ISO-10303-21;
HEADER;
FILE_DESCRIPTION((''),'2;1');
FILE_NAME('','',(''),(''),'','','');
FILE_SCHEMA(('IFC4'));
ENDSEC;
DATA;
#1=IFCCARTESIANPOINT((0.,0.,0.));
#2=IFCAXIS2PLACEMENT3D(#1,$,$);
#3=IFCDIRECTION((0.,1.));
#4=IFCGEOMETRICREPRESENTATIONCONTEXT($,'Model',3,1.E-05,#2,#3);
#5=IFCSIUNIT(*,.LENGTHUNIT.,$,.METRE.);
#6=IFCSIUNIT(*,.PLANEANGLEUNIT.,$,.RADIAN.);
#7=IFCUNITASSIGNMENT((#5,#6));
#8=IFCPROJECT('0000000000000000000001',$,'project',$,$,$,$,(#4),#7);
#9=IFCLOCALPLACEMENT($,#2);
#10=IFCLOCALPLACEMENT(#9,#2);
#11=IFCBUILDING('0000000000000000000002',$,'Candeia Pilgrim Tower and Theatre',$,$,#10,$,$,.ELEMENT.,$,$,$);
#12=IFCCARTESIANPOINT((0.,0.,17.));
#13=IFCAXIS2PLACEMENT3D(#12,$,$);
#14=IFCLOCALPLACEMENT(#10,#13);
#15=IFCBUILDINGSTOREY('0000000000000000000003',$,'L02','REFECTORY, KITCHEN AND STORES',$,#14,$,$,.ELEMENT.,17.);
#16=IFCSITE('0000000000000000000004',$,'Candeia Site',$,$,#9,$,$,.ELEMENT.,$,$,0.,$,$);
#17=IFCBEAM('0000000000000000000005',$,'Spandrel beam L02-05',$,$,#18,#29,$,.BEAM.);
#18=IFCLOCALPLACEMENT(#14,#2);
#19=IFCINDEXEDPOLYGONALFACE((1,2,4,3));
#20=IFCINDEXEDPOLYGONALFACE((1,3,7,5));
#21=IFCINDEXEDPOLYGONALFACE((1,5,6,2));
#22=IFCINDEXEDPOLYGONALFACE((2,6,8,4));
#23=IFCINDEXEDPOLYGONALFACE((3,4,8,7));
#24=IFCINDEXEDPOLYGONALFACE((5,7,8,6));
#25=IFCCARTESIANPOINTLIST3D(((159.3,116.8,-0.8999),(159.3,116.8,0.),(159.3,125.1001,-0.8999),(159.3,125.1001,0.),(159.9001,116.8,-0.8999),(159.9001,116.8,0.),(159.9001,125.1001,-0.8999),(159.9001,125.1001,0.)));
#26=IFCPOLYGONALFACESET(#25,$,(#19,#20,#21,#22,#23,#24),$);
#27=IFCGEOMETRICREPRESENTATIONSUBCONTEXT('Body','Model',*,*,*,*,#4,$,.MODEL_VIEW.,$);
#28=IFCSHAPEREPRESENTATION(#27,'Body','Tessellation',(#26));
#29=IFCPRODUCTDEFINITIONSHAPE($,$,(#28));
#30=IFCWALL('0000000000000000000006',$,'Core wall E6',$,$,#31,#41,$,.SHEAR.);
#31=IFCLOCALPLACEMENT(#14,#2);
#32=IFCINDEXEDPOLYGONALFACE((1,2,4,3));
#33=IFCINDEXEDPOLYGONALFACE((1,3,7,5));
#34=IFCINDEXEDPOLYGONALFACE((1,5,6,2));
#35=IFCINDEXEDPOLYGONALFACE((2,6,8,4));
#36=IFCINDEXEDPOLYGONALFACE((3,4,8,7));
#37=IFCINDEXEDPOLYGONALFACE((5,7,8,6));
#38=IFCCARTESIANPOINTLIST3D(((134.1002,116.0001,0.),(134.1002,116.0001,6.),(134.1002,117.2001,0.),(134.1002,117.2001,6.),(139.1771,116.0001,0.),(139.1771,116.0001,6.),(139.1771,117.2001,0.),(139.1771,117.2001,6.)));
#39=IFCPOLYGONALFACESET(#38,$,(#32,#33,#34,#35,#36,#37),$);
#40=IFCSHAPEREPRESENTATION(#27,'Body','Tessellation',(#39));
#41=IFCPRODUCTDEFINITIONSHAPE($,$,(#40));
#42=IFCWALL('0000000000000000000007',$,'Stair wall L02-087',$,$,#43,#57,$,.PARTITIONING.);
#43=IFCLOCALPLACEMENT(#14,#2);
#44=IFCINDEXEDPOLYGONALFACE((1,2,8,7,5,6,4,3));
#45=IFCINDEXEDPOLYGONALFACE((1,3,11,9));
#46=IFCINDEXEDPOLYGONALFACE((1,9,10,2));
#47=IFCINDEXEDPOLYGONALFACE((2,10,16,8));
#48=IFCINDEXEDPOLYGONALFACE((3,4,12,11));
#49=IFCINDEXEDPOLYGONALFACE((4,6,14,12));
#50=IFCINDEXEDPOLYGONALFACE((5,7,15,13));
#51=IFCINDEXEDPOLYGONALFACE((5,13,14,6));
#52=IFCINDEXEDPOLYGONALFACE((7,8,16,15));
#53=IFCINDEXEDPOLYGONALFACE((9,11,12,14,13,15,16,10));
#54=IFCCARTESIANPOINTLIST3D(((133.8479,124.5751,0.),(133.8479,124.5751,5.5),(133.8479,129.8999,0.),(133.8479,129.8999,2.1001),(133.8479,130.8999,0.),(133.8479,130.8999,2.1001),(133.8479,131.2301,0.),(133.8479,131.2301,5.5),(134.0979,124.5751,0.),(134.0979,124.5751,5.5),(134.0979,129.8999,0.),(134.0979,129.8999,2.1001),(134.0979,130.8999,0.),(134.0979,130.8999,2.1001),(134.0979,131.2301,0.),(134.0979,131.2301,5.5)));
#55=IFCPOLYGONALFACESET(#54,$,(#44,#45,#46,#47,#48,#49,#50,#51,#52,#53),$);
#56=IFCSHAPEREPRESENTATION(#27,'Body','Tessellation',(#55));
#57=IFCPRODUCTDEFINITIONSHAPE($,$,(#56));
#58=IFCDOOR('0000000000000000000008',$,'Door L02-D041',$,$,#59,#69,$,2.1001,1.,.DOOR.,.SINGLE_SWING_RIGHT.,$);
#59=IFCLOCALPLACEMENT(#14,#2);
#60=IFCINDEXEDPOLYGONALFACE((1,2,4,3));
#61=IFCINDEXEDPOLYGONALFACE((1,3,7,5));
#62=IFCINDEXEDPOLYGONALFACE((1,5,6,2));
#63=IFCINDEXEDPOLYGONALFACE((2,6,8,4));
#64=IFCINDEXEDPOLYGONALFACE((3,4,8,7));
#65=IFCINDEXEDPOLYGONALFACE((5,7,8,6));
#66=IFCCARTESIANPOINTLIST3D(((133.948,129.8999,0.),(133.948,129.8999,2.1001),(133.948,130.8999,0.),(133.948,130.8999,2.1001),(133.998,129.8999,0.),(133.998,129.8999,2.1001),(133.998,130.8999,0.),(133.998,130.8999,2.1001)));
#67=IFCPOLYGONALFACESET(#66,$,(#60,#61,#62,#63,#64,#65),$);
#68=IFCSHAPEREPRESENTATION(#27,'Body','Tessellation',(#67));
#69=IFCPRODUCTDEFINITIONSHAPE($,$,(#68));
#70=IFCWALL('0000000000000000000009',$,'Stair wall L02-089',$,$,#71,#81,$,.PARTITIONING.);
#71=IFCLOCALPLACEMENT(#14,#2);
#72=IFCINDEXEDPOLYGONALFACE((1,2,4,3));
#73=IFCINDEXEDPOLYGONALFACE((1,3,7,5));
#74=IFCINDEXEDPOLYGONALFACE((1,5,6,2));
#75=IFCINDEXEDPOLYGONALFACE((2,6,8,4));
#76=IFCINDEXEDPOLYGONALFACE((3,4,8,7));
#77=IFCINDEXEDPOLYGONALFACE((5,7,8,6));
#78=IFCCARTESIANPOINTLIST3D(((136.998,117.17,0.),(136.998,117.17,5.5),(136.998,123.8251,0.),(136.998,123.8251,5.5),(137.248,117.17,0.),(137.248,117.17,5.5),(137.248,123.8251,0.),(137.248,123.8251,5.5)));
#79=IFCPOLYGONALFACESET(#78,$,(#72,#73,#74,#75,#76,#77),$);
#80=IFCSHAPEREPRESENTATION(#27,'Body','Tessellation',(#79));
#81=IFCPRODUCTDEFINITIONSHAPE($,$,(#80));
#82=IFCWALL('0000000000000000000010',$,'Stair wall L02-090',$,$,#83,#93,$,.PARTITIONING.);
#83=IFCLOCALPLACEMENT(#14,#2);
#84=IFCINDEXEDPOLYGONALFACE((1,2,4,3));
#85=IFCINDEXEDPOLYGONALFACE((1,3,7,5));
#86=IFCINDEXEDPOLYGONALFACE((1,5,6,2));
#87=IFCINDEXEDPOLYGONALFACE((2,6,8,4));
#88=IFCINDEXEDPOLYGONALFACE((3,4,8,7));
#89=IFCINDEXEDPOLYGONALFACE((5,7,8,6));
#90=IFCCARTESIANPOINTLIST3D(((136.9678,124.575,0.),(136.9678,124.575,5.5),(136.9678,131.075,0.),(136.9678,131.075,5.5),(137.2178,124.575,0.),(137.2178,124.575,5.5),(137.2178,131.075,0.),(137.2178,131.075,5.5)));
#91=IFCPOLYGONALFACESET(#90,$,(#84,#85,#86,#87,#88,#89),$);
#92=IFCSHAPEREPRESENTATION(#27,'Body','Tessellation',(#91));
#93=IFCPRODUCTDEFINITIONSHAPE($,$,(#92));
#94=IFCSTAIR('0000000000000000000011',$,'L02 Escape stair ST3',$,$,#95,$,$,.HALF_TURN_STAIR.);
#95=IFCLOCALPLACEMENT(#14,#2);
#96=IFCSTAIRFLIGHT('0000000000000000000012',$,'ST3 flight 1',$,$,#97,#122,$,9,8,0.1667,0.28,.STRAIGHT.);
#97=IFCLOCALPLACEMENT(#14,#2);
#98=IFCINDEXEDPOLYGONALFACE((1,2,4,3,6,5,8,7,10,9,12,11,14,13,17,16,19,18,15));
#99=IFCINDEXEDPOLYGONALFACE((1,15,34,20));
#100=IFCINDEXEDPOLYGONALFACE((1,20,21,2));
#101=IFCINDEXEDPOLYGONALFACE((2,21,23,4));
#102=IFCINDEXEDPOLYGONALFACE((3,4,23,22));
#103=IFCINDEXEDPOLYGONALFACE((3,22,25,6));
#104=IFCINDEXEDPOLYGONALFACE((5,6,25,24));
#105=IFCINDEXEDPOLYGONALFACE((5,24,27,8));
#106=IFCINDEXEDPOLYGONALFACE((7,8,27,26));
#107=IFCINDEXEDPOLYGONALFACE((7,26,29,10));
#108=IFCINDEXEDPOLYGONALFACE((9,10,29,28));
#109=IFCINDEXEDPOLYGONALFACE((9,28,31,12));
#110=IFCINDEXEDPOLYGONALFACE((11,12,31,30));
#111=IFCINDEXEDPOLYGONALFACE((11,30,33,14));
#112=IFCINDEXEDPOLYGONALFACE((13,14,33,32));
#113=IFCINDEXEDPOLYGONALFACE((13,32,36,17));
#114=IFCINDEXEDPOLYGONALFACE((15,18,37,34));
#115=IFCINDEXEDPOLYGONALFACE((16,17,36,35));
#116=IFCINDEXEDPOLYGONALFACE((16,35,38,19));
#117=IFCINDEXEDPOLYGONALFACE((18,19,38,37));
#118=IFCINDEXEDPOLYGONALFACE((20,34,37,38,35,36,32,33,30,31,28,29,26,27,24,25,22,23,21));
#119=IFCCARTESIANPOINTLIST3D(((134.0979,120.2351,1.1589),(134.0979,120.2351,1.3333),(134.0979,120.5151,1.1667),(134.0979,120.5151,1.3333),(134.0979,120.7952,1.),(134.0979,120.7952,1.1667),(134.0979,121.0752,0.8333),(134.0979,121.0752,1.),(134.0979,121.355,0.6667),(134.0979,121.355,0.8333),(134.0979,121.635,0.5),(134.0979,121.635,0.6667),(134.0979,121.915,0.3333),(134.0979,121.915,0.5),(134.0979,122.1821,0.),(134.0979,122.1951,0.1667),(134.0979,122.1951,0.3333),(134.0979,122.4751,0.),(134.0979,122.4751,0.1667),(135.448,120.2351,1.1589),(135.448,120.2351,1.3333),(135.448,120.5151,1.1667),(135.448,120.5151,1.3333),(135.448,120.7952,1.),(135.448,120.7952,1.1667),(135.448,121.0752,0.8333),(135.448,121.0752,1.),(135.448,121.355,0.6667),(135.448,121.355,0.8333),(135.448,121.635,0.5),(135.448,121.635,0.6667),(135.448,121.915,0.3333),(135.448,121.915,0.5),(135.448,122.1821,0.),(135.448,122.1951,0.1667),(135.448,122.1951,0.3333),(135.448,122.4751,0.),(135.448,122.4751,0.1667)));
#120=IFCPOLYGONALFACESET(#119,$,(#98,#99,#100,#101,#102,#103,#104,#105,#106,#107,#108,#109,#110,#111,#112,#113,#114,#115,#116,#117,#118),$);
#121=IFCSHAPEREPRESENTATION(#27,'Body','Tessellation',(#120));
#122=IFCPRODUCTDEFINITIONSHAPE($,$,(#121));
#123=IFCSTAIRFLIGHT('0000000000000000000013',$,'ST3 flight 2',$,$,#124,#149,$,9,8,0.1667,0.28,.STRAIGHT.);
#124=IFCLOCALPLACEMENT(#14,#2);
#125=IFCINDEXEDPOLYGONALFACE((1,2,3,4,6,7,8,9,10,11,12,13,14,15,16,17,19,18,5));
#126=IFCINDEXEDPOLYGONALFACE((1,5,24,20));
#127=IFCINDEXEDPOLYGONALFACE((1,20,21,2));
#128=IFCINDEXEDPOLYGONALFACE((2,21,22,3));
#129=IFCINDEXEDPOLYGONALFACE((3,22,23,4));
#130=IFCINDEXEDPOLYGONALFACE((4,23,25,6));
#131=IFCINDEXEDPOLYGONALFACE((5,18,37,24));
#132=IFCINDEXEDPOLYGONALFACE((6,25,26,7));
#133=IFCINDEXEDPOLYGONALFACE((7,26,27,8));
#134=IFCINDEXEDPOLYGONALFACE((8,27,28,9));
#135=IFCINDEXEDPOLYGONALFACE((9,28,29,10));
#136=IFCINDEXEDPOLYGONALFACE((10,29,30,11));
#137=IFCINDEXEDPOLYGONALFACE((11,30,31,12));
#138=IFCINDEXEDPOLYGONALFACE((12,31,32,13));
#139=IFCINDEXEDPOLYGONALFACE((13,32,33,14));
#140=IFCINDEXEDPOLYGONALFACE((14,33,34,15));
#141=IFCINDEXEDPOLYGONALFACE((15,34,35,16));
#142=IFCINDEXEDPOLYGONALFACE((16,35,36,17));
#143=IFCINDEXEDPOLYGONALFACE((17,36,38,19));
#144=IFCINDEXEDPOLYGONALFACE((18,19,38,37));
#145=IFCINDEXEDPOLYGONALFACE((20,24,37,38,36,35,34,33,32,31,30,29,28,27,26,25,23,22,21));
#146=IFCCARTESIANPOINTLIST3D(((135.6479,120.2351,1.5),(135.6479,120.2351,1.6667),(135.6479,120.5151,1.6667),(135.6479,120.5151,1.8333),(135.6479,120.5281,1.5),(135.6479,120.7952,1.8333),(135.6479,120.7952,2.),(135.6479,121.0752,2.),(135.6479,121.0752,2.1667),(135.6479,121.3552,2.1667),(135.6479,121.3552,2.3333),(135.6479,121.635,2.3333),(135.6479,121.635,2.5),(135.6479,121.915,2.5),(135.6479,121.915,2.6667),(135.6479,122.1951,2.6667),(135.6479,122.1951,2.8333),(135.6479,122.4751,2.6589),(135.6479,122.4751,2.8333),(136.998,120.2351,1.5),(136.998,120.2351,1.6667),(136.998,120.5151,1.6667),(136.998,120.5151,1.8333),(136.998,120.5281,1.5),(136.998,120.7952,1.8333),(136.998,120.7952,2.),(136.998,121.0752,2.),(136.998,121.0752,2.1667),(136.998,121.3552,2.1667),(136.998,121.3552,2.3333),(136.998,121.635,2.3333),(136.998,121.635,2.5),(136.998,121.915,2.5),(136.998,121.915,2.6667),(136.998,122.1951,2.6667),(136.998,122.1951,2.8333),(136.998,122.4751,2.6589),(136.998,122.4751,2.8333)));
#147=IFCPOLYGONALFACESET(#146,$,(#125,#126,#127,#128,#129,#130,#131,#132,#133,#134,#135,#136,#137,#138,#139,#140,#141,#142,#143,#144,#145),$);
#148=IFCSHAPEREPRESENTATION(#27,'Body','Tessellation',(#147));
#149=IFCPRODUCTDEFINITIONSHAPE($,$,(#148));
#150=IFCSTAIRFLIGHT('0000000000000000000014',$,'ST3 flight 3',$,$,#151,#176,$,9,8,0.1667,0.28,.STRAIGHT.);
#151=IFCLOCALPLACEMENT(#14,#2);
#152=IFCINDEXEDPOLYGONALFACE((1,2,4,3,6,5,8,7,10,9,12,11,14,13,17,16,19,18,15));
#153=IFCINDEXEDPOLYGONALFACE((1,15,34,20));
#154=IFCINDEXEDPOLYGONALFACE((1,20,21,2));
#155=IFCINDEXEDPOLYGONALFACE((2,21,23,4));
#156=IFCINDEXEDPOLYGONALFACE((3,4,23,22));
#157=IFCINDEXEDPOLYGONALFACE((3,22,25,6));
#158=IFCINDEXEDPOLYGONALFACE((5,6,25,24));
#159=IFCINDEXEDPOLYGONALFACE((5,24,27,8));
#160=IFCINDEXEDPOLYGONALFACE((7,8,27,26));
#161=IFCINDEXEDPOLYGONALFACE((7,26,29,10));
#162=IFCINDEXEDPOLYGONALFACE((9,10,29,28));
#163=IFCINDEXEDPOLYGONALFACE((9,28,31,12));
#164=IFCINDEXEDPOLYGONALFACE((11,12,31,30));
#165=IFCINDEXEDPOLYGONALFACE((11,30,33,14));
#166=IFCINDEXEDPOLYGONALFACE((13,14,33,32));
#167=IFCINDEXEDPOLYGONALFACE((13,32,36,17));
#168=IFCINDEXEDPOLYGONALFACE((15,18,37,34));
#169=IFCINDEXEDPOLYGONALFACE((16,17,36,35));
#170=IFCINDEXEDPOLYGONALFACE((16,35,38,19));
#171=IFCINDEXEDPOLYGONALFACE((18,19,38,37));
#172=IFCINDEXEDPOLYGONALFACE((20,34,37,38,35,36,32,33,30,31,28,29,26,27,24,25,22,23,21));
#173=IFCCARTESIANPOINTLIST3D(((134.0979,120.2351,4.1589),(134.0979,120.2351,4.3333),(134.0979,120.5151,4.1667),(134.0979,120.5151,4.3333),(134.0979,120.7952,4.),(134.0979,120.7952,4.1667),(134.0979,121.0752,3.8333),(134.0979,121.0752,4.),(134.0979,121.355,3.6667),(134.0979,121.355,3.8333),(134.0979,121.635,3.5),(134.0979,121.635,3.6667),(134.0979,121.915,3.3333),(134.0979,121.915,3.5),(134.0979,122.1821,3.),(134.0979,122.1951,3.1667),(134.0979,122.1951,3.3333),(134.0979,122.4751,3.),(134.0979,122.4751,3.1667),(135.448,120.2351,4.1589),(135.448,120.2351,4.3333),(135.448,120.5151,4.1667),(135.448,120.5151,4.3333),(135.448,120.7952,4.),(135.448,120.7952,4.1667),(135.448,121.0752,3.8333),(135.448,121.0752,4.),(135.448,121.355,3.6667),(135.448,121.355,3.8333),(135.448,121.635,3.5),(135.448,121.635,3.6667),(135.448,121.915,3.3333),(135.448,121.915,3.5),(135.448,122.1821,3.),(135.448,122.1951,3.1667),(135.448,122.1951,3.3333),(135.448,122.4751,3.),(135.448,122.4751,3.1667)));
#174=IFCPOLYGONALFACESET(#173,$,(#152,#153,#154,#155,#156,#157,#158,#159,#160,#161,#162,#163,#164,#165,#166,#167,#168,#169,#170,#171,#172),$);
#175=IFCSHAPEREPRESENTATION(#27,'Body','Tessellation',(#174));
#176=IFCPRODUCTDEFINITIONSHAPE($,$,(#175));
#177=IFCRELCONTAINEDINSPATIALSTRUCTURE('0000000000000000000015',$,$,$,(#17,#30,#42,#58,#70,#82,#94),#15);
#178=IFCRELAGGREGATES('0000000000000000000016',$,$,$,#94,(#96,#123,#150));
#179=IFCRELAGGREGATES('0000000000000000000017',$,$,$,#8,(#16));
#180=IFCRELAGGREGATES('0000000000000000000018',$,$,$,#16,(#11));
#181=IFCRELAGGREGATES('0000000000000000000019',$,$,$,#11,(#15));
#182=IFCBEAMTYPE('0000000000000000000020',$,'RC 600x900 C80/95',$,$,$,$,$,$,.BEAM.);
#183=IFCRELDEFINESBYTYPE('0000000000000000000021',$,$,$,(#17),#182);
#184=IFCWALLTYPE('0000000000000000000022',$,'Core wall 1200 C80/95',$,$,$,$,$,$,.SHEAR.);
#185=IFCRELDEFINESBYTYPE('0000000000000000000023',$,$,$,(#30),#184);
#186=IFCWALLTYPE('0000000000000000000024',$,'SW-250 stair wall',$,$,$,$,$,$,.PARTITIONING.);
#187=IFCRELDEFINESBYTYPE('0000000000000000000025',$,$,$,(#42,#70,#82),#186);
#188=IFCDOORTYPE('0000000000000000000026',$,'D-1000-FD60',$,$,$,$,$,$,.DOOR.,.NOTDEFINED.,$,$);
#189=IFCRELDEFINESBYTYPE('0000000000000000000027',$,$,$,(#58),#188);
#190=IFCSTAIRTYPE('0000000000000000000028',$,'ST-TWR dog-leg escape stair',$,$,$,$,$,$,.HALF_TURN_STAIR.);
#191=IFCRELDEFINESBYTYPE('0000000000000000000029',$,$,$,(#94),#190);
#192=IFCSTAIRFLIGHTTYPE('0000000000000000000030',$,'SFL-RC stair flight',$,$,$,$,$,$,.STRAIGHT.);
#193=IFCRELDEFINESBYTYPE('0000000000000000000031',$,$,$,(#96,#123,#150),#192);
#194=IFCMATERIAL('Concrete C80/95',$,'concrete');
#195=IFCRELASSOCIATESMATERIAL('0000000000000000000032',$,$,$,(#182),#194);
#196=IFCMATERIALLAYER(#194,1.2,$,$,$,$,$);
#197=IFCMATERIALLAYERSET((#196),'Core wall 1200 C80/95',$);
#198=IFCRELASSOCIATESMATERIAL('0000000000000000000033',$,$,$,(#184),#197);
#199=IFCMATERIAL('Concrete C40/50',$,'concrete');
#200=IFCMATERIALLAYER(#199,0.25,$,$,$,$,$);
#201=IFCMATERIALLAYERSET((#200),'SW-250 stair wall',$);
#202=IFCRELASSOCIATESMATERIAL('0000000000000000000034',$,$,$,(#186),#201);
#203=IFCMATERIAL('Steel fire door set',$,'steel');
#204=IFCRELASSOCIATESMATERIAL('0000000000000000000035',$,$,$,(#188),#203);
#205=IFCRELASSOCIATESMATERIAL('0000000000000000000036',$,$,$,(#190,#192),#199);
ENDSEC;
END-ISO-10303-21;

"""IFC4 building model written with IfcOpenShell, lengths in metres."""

from ifc_helpers import new_model, si_unit, direction, frame, frame_2d, origin, origin_2d, place, context, subcontext, project, spatial, polyline, rectangle, outline, extrude, material, layer, layer_set, material_profile, profile_set, type_object, element, fill, aggregate, save


model = new_model("IFC4")

# Units and contexts
model_context = context("Model", 3, precision=1e-05, world=origin(), true_north=direction((0.0, 1.0)))
body_context = subcontext(model_context, "Body", "Model", "MODEL_VIEW")
ifc_project = project(units=[si_unit("LENGTHUNIT", "METRE"), si_unit("PLANEANGLEUNIT", "RADIAN")], contexts=[model_context])

# Site, building, storey
site_placement = place(None, origin())
site = spatial("IfcSite", under=ifc_project, at=site_placement, Name="Candeia Site", CompositionType="ELEMENT", RefElevation=0.0)
building_placement = place(site_placement, origin())
building = spatial("IfcBuilding", under=site, at=building_placement, Name="Candeia Pilgrim Tower and Theatre", CompositionType="ELEMENT")
storey_placement = place(building_placement, frame((0.0, 0.0, 17.0)))
storey = spatial("IfcBuildingStorey", under=building, at=storey_placement, Name="L02", Description="REFECTORY, KITCHEN AND STORES", CompositionType="ELEMENT", Elevation=17.0)

# Beam
ifc_material_1 = material(Name="Concrete C80/95", Category="concrete")
ifc_material_profile = material_profile(ifc_material_1, rectangle(XDim=0.6001, YDim=0.8999, at=origin_2d()))
ifc_profile_set = profile_set([ifc_material_profile], Name="Concrete C80/95")
beam_type = type_object("IfcBeamType", Name="RC 600x900 C80/95", PredefinedType="BEAM", material=ifc_profile_set)
beam_placement = place(storey_placement, frame((159.6001, 116.8, -0.45), z_axis=(0.0, 1.0, 0.0), x_axis=(-1.0, 0.0, 0.0)))
element("IfcBeam", 1, at=beam_placement, inside=storey, type_object=beam_type, Name="Spandrel beam L02-05", PredefinedType="BEAM", context=body_context, shape_type="SweptSolid", body=[
    extrude(rectangle(XDim=0.6001, YDim=0.8999, at=origin_2d()), origin(), (0.0, 0.0, 1.0), 8.3),
])

# Wall
ifc_layer_1 = layer(ifc_material_1, 1.2)
ifc_layer_set_1 = layer_set([ifc_layer_1], Name="Core wall 1200 C80/95")
wall_type_1 = type_object("IfcWallType", Name="Core wall 1200 C80/95", PredefinedType="SHEAR", material=ifc_layer_set_1)
wall_1_placement = place(storey_placement, frame((134.1001, 116.6001, 0.0), z_axis=(0.0, 0.0, 1.0), x_axis=(1.0, 0.0, 0.0)))
element("IfcWall", 2, at=wall_1_placement, inside=storey, type_object=wall_type_1, Name="Core wall E6", PredefinedType="SHEAR", context=body_context, shape_type="SweptSolid", body=[
    extrude(rectangle(XDim=5.0769, YDim=1.2, at=frame_2d((2.5386, 0.0))), origin(), (0.0, 0.0, 1.0), 6.0),
])

# Wall, opening, door
ifc_material_2 = material(Name="Concrete C40/50", Category="concrete")
ifc_layer_2 = layer(ifc_material_2, 0.25)
ifc_layer_set_2 = layer_set([ifc_layer_2], Name="SW-250 stair wall")
wall_type_2 = type_object("IfcWallType", Name="SW-250 stair wall", PredefinedType="PARTITIONING", material=ifc_layer_set_2)
wall_2_placement = place(storey_placement, frame((133.9729, 124.575, 0.0), z_axis=(0.0, 0.0, 1.0), x_axis=(0.0, 1.0, 0.0)))
wall_2 = element("IfcWall", 3, at=wall_2_placement, inside=storey, type_object=wall_type_2, Name="Stair wall L02-087", PredefinedType="PARTITIONING", context=body_context, shape_type="SweptSolid", body=[
    extrude(rectangle(XDim=6.655, YDim=0.25, at=frame_2d((3.3276, 0.0))), origin(), (0.0, 0.0, 1.0), 5.5),
])
opening_placement = place(wall_2_placement, frame((5.325, 0.0, 0.0)))
opening = element("IfcOpeningElement", 4, at=opening_placement, cuts=wall_2, PredefinedType="OPENING", context=body_context, shape_type="SweptSolid", body=[
    extrude(rectangle(XDim=1.0, YDim=2.1001, at=frame_2d((0.5, 1.05))), frame((0.0, 0.135, 0.0), z_axis=(0.0, -1.0, 0.0), x_axis=(1.0, 0.0, 0.0)), (0.0, 0.0, 1.0), 0.27),
])
ifc_material_3 = material(Name="Steel fire door set", Category="steel")
door_type = type_object("IfcDoorType", Name="D-1000-FD60", OperationType="NOTDEFINED", PredefinedType="DOOR", material=ifc_material_3)
door_placement = place(opening_placement, origin())
door = element("IfcDoor", 5, at=door_placement, inside=storey, type_object=door_type, Name="Door L02-D041", OperationType="SINGLE_SWING_RIGHT", OverallHeight=2.1001, OverallWidth=1.0, PredefinedType="DOOR", context=body_context, shape_type="SweptSolid", body=[
    extrude(rectangle(XDim=1.0, YDim=2.1001, at=frame_2d((0.5, 1.05))), frame((0.0, 0.0249, 0.0), z_axis=(0.0, -1.0, 0.0), x_axis=(1.0, 0.0, 0.0)), (0.0, 0.0, 1.0), 0.05),
])
fill(opening, door)

# Walls
wall_3_placement = place(storey_placement, frame((137.123, 117.1699, 0.0), z_axis=(0.0, 0.0, 1.0), x_axis=(0.0, 1.0, 0.0)))
element("IfcWall", 6, at=wall_3_placement, inside=storey, type_object=wall_type_2, Name="Stair wall L02-089", PredefinedType="PARTITIONING", context=body_context, shape_type="SweptSolid", body=[
    extrude(rectangle(XDim=6.655, YDim=0.25, at=frame_2d((3.3276, 0.0))), origin(), (0.0, 0.0, 1.0), 5.5),
])
wall_4_placement = place(storey_placement, frame((137.0928, 124.575, 0.0), z_axis=(0.0, 0.0, 1.0), x_axis=(0.0, 1.0, 0.0)))
element("IfcWall", 7, at=wall_4_placement, inside=storey, type_object=wall_type_2, Name="Stair wall L02-090", PredefinedType="PARTITIONING", context=body_context, shape_type="SweptSolid", body=[
    extrude(rectangle(XDim=6.5, YDim=0.25, at=frame_2d((3.25, 0.0))), origin(), (0.0, 0.0, 1.0), 5.5),
])

# Stair, stair flights
stair_type = type_object("IfcStairType", Name="ST-TWR dog-leg escape stair", PredefinedType="HALF_TURN_STAIR", material=ifc_material_2)
stair_placement = place(storey_placement, origin())
stair = element("IfcStair", 8, at=stair_placement, inside=storey, type_object=stair_type, Name="L02 Escape stair ST3", PredefinedType="HALF_TURN_STAIR")
stair_flight_type = type_object("IfcStairFlightType", Name="SFL-RC stair flight", PredefinedType="STRAIGHT", material=ifc_material_2)
stair_flight_1_placement = place(storey_placement, frame((134.7729, 122.4751, 0.0), z_axis=(0.0, 0.0, 1.0), x_axis=(0.0, -1.0, 0.0)))
stair_flight_1 = element("IfcStairFlight", 9, at=stair_flight_1_placement, type_object=stair_flight_type, Name="ST3 flight 1", NumberOfRisers=9, NumberOfTreads=8, PredefinedType="STRAIGHT", RiserHeight=0.1667, TreadLength=0.28, context=body_context, shape_type="SweptSolid", body=[
    extrude(outline(polyline([(0.0, 0.0), (0.0, 0.1667), (0.28, 0.1667), (0.28, 0.3333), (0.5601, 0.3333), (0.5601, 0.5), (0.8401, 0.5), (0.8401, 0.6667), (1.1201, 0.6667), (1.1201, 0.8333), (1.3999, 0.8333), (1.3999, 1.0), (1.6799, 1.0), (1.6799, 1.1667), (1.96, 1.1667), (1.96, 1.3333), (2.24, 1.3333), (2.24, 1.5), (2.24, 1.1589), (0.293, 0.0), (0.0, 0.0)])), frame((0.0, 0.675, 0.0), z_axis=(0.0, -1.0, 0.0), x_axis=(1.0, 0.0, 0.0)), (0.0, 0.0, 1.0), 1.3501),
])
stair_flight_2_placement = place(storey_placement, frame((136.323, 120.2351, 1.5), z_axis=(0.0, 0.0, 1.0), x_axis=(0.0, 1.0, 0.0)))
stair_flight_2 = element("IfcStairFlight", 10, at=stair_flight_2_placement, type_object=stair_flight_type, Name="ST3 flight 2", NumberOfRisers=9, NumberOfTreads=8, PredefinedType="STRAIGHT", RiserHeight=0.1667, TreadLength=0.28, context=body_context, shape_type="SweptSolid", body=[
    extrude(outline(polyline([(0.0, 0.0), (0.0, 0.1667), (0.28, 0.1667), (0.28, 0.3333), (0.5601, 0.3333), (0.5601, 0.5), (0.8401, 0.5), (0.8401, 0.6667), (1.1201, 0.6667), (1.1201, 0.8333), (1.3999, 0.8333), (1.3999, 1.0), (1.6799, 1.0), (1.6799, 1.1667), (1.96, 1.1667), (1.96, 1.3333), (2.24, 1.3333), (2.24, 1.5), (2.24, 1.1589), (0.293, 0.0), (0.0, 0.0)])), frame((0.0, 0.675, 0.0), z_axis=(0.0, -1.0, 0.0), x_axis=(1.0, 0.0, 0.0)), (0.0, 0.0, 1.0), 1.3501),
])
stair_flight_3_placement = place(storey_placement, frame((134.7729, 122.4751, 3.0), z_axis=(0.0, 0.0, 1.0), x_axis=(0.0, -1.0, 0.0)))
stair_flight_3 = element("IfcStairFlight", 11, at=stair_flight_3_placement, type_object=stair_flight_type, Name="ST3 flight 3", NumberOfRisers=9, NumberOfTreads=8, PredefinedType="STRAIGHT", RiserHeight=0.1667, TreadLength=0.28, context=body_context, shape_type="SweptSolid", body=[
    extrude(outline(polyline([(0.0, 0.0), (0.0, 0.1667), (0.28, 0.1667), (0.28, 0.3333), (0.5601, 0.3333), (0.5601, 0.5), (0.8401, 0.5), (0.8401, 0.6667), (1.1201, 0.6667), (1.1201, 0.8333), (1.3999, 0.8333), (1.3999, 1.0), (1.6799, 1.0), (1.6799, 1.1667), (1.96, 1.1667), (1.96, 1.3333), (2.24, 1.3333), (2.24, 1.5), (2.24, 1.1589), (0.293, 0.0), (0.0, 0.0)])), frame((0.0, 0.675, 0.0), z_axis=(0.0, -1.0, 0.0), x_axis=(1.0, 0.0, 0.0)), (0.0, 0.0, 1.0), 1.3501),
])
aggregate(stair, [stair_flight_1, stair_flight_2, stair_flight_3])

save(model, "model.ifc")
